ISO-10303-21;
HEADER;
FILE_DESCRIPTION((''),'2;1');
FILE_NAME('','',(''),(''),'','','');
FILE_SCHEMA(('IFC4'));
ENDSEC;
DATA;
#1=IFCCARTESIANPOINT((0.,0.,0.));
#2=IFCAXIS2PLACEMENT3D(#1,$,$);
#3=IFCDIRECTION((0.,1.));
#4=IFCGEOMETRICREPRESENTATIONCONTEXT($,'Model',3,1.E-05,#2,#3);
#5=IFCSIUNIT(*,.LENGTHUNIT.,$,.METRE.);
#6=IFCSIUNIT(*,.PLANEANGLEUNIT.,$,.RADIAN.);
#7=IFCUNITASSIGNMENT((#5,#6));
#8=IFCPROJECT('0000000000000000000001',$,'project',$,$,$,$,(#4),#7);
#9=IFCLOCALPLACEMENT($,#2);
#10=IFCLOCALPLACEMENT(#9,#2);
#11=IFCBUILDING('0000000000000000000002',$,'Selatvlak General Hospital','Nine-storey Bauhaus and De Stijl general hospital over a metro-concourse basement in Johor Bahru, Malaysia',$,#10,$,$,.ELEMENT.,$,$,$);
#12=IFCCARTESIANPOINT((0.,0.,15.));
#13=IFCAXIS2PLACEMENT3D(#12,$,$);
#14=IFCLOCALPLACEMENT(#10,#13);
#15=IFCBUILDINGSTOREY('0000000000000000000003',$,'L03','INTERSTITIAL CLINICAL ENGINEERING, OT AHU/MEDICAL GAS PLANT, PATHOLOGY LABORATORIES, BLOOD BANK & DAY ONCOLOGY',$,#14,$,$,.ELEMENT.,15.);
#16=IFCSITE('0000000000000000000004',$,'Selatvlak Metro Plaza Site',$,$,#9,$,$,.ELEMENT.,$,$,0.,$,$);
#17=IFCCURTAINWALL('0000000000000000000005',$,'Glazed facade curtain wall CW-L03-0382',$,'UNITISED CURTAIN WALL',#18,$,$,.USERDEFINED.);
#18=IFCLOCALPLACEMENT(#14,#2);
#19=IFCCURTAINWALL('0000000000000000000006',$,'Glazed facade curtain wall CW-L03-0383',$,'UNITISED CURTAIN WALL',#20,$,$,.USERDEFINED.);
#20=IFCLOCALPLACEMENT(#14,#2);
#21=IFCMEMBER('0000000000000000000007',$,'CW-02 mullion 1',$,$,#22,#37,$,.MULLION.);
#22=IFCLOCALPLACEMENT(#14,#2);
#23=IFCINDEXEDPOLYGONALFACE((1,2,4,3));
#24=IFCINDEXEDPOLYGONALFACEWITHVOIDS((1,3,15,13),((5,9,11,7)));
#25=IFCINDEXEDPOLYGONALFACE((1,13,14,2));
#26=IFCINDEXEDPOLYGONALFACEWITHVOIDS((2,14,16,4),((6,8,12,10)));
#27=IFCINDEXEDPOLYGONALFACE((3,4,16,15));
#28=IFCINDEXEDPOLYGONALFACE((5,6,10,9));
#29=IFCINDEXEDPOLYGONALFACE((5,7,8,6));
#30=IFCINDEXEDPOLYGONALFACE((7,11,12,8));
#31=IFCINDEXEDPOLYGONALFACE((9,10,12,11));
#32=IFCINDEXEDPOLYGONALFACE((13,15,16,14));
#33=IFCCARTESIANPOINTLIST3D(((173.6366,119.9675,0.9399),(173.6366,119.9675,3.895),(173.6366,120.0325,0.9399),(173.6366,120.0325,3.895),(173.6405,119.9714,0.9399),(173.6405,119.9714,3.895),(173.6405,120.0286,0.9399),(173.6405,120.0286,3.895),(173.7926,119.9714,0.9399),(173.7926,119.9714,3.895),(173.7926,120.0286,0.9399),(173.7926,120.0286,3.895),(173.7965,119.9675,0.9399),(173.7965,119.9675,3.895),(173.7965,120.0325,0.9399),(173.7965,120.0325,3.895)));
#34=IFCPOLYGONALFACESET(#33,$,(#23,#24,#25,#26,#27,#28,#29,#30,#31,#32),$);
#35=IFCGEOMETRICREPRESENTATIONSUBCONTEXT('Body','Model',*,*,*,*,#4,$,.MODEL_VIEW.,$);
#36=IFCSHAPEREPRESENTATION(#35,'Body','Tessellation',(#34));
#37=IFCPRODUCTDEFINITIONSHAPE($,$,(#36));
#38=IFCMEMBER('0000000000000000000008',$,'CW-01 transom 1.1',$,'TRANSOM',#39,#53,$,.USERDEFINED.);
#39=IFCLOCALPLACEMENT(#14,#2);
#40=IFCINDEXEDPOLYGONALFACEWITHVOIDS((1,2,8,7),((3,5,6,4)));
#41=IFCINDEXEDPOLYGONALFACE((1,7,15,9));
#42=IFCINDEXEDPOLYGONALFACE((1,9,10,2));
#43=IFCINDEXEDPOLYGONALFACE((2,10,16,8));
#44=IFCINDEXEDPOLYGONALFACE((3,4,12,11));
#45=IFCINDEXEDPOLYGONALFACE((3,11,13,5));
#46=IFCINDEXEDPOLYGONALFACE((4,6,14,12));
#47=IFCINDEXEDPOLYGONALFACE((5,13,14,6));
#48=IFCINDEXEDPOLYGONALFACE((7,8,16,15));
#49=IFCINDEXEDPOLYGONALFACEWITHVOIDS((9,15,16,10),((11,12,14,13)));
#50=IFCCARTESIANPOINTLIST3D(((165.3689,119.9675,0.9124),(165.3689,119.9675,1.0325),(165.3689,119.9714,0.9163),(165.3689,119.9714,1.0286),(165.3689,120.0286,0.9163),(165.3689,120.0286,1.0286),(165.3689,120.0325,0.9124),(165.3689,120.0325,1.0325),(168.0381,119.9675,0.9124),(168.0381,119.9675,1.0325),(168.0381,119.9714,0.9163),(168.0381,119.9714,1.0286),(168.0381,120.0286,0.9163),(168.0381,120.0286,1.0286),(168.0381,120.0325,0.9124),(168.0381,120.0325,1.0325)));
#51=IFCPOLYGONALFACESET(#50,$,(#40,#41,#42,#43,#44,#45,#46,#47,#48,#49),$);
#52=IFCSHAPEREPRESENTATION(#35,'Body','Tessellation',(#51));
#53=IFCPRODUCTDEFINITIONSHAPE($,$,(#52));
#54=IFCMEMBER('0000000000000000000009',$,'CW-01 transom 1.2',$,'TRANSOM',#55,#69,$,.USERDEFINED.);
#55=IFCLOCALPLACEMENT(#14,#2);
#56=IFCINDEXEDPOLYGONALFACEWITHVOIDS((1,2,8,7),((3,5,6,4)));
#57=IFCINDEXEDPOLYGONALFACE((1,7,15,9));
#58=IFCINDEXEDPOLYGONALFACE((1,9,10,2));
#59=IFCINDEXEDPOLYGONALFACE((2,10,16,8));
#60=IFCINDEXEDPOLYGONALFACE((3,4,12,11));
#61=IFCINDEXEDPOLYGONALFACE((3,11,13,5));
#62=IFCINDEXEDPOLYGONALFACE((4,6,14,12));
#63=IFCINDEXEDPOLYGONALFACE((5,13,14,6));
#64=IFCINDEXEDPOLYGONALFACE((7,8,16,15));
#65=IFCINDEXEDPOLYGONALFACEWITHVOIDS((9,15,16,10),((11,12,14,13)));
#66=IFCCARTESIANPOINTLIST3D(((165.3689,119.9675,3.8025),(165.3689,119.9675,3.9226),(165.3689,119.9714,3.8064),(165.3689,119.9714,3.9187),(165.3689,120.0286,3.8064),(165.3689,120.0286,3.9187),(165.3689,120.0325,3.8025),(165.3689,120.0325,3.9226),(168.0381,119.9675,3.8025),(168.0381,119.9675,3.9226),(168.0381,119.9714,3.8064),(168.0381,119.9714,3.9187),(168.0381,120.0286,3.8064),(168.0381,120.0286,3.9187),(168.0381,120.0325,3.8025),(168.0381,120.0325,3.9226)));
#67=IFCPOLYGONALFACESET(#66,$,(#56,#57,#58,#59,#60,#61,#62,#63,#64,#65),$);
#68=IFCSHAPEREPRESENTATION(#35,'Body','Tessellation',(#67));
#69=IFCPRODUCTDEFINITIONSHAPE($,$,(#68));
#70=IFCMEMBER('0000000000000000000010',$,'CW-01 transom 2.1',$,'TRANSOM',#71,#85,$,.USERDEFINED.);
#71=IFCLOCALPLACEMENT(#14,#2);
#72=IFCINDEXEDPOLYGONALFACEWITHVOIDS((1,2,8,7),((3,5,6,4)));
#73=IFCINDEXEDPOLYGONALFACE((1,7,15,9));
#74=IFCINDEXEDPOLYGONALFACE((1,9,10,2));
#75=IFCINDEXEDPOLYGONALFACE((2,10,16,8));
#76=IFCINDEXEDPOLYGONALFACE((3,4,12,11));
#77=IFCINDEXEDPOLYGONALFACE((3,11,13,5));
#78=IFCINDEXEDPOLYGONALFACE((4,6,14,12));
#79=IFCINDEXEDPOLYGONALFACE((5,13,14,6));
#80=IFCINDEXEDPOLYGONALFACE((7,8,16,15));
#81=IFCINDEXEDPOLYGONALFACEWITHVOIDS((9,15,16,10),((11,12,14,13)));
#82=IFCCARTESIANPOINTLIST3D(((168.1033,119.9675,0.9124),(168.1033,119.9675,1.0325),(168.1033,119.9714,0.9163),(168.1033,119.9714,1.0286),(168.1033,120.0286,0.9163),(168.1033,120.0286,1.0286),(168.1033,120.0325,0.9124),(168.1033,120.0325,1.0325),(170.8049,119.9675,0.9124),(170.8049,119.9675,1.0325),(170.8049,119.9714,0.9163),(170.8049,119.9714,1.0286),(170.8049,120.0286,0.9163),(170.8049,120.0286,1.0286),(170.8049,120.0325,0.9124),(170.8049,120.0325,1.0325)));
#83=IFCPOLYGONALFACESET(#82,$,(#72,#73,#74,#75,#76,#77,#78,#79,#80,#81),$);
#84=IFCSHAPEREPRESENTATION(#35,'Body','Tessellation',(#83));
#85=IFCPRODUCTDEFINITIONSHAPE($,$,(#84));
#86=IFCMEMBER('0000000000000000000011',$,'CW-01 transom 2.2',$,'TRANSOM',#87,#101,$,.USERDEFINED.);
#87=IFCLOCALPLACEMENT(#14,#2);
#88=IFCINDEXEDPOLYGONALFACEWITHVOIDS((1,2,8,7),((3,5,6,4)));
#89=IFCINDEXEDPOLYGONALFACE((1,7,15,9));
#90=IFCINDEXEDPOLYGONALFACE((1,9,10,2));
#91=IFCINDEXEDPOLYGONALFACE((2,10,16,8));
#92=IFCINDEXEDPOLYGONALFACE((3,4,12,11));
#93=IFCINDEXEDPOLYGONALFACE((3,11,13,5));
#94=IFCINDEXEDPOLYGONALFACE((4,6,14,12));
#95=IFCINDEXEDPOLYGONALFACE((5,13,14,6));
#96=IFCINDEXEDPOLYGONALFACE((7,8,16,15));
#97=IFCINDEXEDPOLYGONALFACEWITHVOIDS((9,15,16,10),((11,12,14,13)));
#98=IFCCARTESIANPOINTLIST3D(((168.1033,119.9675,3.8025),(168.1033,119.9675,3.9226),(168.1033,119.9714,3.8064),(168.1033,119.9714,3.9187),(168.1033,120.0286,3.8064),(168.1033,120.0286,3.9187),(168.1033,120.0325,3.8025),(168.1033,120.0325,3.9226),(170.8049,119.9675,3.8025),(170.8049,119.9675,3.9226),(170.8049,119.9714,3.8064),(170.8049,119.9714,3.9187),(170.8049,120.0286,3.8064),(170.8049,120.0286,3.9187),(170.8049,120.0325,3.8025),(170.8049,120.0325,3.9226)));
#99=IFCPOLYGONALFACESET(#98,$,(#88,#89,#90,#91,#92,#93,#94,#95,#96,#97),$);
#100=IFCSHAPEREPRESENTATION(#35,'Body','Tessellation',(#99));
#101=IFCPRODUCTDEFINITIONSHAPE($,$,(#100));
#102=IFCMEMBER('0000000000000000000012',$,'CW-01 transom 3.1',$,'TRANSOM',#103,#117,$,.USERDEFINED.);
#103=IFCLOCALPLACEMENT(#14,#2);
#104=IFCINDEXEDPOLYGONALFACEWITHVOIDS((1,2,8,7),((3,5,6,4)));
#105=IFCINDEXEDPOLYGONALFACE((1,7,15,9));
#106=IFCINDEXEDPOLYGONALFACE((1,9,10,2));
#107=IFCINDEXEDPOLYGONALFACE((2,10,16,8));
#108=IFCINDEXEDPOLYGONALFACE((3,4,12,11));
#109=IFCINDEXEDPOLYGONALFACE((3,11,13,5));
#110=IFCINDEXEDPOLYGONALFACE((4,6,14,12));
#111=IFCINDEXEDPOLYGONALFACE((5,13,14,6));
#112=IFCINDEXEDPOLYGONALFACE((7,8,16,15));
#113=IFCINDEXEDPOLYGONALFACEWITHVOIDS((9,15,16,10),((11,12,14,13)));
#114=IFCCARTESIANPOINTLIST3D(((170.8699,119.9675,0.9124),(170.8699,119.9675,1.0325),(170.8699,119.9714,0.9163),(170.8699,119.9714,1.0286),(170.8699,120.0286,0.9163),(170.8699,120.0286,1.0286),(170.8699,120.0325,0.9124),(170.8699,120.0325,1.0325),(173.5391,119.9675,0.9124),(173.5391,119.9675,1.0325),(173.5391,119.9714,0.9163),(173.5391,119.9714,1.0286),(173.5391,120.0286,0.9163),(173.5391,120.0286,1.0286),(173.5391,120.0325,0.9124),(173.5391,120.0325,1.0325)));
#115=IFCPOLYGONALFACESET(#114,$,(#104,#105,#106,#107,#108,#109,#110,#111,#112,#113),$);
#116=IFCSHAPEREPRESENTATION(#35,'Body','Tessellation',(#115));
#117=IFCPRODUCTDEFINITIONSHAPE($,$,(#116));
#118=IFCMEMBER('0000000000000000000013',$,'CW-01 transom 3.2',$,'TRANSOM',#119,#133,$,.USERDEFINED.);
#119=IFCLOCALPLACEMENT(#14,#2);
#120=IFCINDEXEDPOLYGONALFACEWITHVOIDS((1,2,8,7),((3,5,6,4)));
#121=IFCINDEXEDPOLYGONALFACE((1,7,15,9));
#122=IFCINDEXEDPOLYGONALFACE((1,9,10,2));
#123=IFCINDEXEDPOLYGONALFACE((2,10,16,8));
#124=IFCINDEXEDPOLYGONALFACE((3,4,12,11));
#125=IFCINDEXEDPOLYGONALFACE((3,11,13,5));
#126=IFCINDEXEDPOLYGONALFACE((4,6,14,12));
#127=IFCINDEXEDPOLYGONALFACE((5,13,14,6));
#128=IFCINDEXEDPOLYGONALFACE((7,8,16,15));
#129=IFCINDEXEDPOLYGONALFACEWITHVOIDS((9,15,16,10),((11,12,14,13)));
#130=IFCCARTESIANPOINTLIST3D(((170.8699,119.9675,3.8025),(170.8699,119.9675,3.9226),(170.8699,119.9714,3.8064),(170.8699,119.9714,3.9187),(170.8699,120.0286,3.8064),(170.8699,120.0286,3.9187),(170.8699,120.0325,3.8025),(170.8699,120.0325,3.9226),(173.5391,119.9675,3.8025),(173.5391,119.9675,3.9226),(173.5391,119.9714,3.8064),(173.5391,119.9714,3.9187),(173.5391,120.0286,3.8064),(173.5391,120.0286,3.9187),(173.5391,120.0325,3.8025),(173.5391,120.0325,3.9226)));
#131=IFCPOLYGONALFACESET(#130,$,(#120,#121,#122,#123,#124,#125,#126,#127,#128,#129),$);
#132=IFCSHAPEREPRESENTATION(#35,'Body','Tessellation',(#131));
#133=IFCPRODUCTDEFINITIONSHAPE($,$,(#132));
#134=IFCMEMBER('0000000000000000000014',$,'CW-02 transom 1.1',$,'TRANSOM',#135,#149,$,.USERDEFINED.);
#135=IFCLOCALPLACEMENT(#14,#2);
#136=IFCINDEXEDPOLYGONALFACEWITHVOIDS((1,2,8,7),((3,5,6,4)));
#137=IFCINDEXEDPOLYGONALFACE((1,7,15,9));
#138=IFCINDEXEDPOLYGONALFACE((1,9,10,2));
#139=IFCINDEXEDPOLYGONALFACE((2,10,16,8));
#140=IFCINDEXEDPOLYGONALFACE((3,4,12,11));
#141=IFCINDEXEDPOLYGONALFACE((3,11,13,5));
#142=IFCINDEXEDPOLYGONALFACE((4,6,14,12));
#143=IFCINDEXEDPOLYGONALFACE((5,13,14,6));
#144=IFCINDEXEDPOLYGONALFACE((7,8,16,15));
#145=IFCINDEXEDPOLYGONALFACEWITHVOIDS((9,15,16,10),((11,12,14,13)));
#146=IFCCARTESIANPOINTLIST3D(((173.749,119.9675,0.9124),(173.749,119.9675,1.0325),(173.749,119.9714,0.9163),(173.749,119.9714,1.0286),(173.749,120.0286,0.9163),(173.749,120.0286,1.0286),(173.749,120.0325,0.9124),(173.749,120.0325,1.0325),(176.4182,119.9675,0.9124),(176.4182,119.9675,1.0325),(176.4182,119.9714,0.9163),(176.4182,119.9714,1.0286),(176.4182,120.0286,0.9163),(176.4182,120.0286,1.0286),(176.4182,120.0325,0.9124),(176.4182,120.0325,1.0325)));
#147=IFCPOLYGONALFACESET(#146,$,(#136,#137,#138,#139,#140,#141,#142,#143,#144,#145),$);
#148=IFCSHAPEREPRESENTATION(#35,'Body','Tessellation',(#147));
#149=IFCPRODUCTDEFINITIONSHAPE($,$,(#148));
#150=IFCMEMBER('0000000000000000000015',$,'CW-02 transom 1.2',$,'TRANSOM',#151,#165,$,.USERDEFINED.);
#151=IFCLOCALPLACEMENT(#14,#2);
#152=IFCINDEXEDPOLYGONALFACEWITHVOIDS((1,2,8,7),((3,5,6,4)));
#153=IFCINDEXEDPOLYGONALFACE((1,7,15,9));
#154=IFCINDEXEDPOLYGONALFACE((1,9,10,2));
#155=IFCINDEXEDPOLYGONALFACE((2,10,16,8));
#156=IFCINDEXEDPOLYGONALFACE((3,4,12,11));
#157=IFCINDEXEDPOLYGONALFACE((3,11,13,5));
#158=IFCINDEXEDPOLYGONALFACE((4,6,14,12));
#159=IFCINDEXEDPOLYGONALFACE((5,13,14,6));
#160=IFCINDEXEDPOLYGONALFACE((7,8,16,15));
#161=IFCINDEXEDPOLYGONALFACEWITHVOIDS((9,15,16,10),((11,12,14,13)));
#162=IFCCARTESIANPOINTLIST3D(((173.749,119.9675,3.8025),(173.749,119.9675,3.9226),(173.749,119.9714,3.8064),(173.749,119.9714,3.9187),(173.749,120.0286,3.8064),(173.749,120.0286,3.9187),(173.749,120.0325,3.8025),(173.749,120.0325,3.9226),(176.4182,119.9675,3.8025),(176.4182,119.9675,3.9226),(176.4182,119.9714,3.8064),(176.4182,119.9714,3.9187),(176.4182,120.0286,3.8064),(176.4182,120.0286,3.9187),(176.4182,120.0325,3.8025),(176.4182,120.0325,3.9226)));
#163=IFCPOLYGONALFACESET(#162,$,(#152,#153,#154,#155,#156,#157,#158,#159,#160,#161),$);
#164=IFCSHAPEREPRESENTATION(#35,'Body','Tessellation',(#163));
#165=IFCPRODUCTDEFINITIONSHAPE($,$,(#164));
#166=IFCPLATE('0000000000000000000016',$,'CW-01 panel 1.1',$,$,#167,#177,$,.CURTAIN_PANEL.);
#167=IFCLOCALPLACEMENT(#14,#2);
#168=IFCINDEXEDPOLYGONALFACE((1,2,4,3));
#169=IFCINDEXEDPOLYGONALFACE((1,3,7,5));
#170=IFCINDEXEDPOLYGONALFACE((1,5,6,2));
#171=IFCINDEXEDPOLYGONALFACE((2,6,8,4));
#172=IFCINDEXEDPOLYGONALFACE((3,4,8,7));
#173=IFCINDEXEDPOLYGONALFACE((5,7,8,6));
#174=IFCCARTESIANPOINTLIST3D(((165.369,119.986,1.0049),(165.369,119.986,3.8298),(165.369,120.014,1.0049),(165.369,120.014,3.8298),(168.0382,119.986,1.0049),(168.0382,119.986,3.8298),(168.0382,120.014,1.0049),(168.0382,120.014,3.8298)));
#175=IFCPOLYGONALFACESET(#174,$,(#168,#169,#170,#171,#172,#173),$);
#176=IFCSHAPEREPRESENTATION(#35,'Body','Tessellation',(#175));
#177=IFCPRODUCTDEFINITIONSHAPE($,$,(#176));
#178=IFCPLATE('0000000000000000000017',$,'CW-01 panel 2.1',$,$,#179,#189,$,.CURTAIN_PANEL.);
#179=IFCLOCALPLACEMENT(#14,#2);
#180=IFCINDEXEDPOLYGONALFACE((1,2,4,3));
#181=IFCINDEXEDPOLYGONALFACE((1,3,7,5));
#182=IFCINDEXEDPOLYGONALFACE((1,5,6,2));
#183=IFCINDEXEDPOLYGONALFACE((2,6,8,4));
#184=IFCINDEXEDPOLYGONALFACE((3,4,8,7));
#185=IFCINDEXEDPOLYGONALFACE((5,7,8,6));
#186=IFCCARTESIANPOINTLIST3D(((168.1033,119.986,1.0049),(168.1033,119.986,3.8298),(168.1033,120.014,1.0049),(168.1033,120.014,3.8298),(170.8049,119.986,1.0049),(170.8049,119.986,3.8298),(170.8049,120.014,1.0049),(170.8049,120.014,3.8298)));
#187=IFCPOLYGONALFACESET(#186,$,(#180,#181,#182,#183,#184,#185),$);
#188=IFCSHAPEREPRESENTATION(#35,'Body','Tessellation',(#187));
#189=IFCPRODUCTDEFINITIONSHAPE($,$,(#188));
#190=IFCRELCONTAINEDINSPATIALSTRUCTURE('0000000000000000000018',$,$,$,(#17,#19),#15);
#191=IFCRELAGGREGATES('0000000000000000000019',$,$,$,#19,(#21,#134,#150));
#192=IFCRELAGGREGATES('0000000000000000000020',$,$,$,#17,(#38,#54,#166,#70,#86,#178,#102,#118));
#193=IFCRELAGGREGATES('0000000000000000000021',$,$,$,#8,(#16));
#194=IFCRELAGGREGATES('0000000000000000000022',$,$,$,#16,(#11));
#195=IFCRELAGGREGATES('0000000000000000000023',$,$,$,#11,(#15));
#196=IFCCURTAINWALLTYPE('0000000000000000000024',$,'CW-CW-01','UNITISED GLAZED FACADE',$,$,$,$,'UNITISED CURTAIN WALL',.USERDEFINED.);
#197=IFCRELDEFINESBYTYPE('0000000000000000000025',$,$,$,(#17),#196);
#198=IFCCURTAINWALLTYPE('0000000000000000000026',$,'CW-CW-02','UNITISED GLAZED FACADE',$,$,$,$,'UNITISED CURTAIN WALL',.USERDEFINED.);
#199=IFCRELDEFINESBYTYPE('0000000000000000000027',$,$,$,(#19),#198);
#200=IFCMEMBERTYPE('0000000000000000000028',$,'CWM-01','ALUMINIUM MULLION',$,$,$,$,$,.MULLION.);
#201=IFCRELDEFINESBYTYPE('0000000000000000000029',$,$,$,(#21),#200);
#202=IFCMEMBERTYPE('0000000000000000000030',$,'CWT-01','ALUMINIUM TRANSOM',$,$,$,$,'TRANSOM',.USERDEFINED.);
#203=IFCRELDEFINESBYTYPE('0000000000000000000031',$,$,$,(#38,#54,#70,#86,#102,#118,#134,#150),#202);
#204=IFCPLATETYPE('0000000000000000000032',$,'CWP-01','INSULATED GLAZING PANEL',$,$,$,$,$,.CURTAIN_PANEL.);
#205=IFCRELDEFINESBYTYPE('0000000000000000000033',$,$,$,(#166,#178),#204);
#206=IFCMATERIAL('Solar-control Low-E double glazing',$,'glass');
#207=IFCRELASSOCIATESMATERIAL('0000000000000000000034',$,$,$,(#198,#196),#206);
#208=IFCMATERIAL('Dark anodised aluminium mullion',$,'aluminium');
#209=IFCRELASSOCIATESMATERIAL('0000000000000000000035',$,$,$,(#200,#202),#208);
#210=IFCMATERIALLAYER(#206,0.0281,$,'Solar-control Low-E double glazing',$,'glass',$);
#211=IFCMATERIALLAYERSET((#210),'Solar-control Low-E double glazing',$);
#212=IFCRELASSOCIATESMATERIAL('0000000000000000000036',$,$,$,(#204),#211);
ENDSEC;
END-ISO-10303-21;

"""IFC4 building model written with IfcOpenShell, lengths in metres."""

from ifc_helpers import new_model, si_unit, direction, frame, origin, origin_2d, place, context, subcontext, project, spatial, rectangle, hollow_rectangle, extrude, material, layer, layer_set, material_profile, profile_set, type_object, element, aggregate, save


model = new_model("IFC4")

# Units and contexts
model_context = context("Model", 3, precision=1e-05, world=origin(), true_north=direction((0.0, 1.0)))
body_context = subcontext(model_context, "Body", "Model", "MODEL_VIEW")
ifc_project = project(units=[si_unit("LENGTHUNIT", "METRE"), si_unit("PLANEANGLEUNIT", "RADIAN")], contexts=[model_context])

# Site, building, storey
site_placement = place(None, origin())
site = spatial("IfcSite", under=ifc_project, at=site_placement, Name="Selatvlak Metro Plaza Site", CompositionType="ELEMENT", RefElevation=0.0)
building_placement = place(site_placement, origin())
building = spatial("IfcBuilding", under=site, at=building_placement, Name="Selatvlak General Hospital", Description="Nine-storey Bauhaus and De Stijl general hospital over a metro-concourse basement in Johor Bahru, Malaysia", CompositionType="ELEMENT")
storey_placement = place(building_placement, frame((0.0, 0.0, 15.0)))
storey = spatial("IfcBuildingStorey", under=building, at=storey_placement, Name="L03", Description="INTERSTITIAL CLINICAL ENGINEERING, OT AHU/MEDICAL GAS PLANT, PATHOLOGY LABORATORIES, BLOOD BANK & DAY ONCOLOGY", CompositionType="ELEMENT", Elevation=15.0)

# Shared definitions
ifc_material_1 = material(Name="Solar-control Low-E double glazing", Category="glass")
curtain_wall_type_1 = type_object("IfcCurtainWallType", Name="CW-CW-02", Description="UNITISED GLAZED FACADE", ElementType="UNITISED CURTAIN WALL", PredefinedType="USERDEFINED", material=ifc_material_1)
ifc_material_2 = material(Name="Dark anodised aluminium mullion", Category="aluminium")
ifc_material_profile_1 = material_profile(ifc_material_2, hollow_rectangle(XDim=0.0649, YDim=0.1599, WallThickness=0.0039, at=origin_2d()), Name="AL-MUL 65x160x4")
ifc_profile_set_1 = profile_set([ifc_material_profile_1], Name="Dark anodised aluminium mullion")
member_type_1 = type_object("IfcMemberType", Name="CWM-01", Description="ALUMINIUM MULLION", PredefinedType="MULLION", material=ifc_profile_set_1)

# Curtain wall
curtain_wall_type_2 = type_object("IfcCurtainWallType", Name="CW-CW-01", Description="UNITISED GLAZED FACADE", ElementType="UNITISED CURTAIN WALL", PredefinedType="USERDEFINED", material=ifc_material_1)
curtain_wall_1_placement = place(storey_placement, origin())
curtain_wall_1 = element("IfcCurtainWall", 1, at=curtain_wall_1_placement, inside=storey, type_object=curtain_wall_type_2, Name="Glazed facade curtain wall CW-L03-0382", ObjectType="UNITISED CURTAIN WALL", PredefinedType="USERDEFINED")

# Curtain wall, member
curtain_wall_2_placement = place(storey_placement, origin())
curtain_wall_2 = element("IfcCurtainWall", 2, at=curtain_wall_2_placement, inside=storey, type_object=curtain_wall_type_1, Name="Glazed facade curtain wall CW-L03-0383", ObjectType="UNITISED CURTAIN WALL", PredefinedType="USERDEFINED")
member_1_placement = place(storey_placement, frame((173.7166, 120.0, 0.9399), z_axis=(0.0, 0.0, 1.0), x_axis=(0.0, 1.0, 0.0)))
member_1 = element("IfcMember", 3, at=member_1_placement, type_object=member_type_1, Name="CW-02 mullion 1", PredefinedType="MULLION", context=body_context, shape_type="SweptSolid", body=[
    extrude(hollow_rectangle(XDim=0.0649, YDim=0.1599, WallThickness=0.0039, at=origin_2d()), origin(), (0.0, 0.0, 1.0), 2.9551),
])

# Members
ifc_material_profile_2 = material_profile(ifc_material_2, hollow_rectangle(XDim=0.0649, YDim=0.1201, WallThickness=0.0039, at=origin_2d()), Name="AL-TRN 65x120x4")
ifc_profile_set_2 = profile_set([ifc_material_profile_2], Name="Dark anodised aluminium mullion")
member_type_2 = type_object("IfcMemberType", Name="CWT-01", Description="ALUMINIUM TRANSOM", ElementType="TRANSOM", PredefinedType="USERDEFINED", material=ifc_profile_set_2)
member_2_placement = place(storey_placement, frame((165.3689, 120.0, 0.9724), z_axis=(1.0, 0.0, 0.0), x_axis=(0.0, 1.0, 0.0)))
member_2 = element("IfcMember", 4, at=member_2_placement, type_object=member_type_2, Name="CW-01 transom 1.1", ObjectType="TRANSOM", PredefinedType="USERDEFINED", context=body_context, shape_type="SweptSolid", body=[
    extrude(hollow_rectangle(XDim=0.0649, YDim=0.1201, WallThickness=0.0039, at=origin_2d()), origin(), (0.0, 0.0, 1.0), 2.6692),
])
member_3_placement = place(storey_placement, frame((165.3689, 120.0, 3.8625), z_axis=(1.0, 0.0, 0.0), x_axis=(0.0, 1.0, 0.0)))
member_3 = element("IfcMember", 5, at=member_3_placement, type_object=member_type_2, Name="CW-01 transom 1.2", ObjectType="TRANSOM", PredefinedType="USERDEFINED", context=body_context, shape_type="SweptSolid", body=[
    extrude(hollow_rectangle(XDim=0.0649, YDim=0.1201, WallThickness=0.0039, at=origin_2d()), origin(), (0.0, 0.0, 1.0), 2.6692),
])
member_4_placement = place(storey_placement, frame((168.1033, 120.0, 0.9724), z_axis=(1.0, 0.0, 0.0), x_axis=(0.0, 1.0, 0.0)))
member_4 = element("IfcMember", 6, at=member_4_placement, type_object=member_type_2, Name="CW-01 transom 2.1", ObjectType="TRANSOM", PredefinedType="USERDEFINED", context=body_context, shape_type="SweptSolid", body=[
    extrude(hollow_rectangle(XDim=0.0649, YDim=0.1201, WallThickness=0.0039, at=origin_2d()), origin(), (0.0, 0.0, 1.0), 2.7017),
])
member_5_placement = place(storey_placement, frame((168.1033, 120.0, 3.8625), z_axis=(1.0, 0.0, 0.0), x_axis=(0.0, 1.0, 0.0)))
member_5 = element("IfcMember", 7, at=member_5_placement, type_object=member_type_2, Name="CW-01 transom 2.2", ObjectType="TRANSOM", PredefinedType="USERDEFINED", context=body_context, shape_type="SweptSolid", body=[
    extrude(hollow_rectangle(XDim=0.0649, YDim=0.1201, WallThickness=0.0039, at=origin_2d()), origin(), (0.0, 0.0, 1.0), 2.7017),
])
member_6_placement = place(storey_placement, frame((170.8699, 120.0, 0.9724), z_axis=(1.0, 0.0, 0.0), x_axis=(0.0, 1.0, 0.0)))
member_6 = element("IfcMember", 8, at=member_6_placement, type_object=member_type_2, Name="CW-01 transom 3.1", ObjectType="TRANSOM", PredefinedType="USERDEFINED", context=body_context, shape_type="SweptSolid", body=[
    extrude(hollow_rectangle(XDim=0.0649, YDim=0.1201, WallThickness=0.0039, at=origin_2d()), origin(), (0.0, 0.0, 1.0), 2.6692),
])
member_7_placement = place(storey_placement, frame((170.8699, 120.0, 3.8625), z_axis=(1.0, 0.0, 0.0), x_axis=(0.0, 1.0, 0.0)))
member_7 = element("IfcMember", 9, at=member_7_placement, type_object=member_type_2, Name="CW-01 transom 3.2", ObjectType="TRANSOM", PredefinedType="USERDEFINED", context=body_context, shape_type="SweptSolid", body=[
    extrude(hollow_rectangle(XDim=0.0649, YDim=0.1201, WallThickness=0.0039, at=origin_2d()), origin(), (0.0, 0.0, 1.0), 2.6692),
])
member_8_placement = place(storey_placement, frame((173.749, 120.0, 0.9724), z_axis=(1.0, 0.0, 0.0), x_axis=(0.0, 1.0, 0.0)))
member_8 = element("IfcMember", 10, at=member_8_placement, type_object=member_type_2, Name="CW-02 transom 1.1", ObjectType="TRANSOM", PredefinedType="USERDEFINED", context=body_context, shape_type="SweptSolid", body=[
    extrude(hollow_rectangle(XDim=0.0649, YDim=0.1201, WallThickness=0.0039, at=origin_2d()), origin(), (0.0, 0.0, 1.0), 2.6692),
])
member_9_placement = place(storey_placement, frame((173.749, 120.0, 3.8625), z_axis=(1.0, 0.0, 0.0), x_axis=(0.0, 1.0, 0.0)))
member_9 = element("IfcMember", 11, at=member_9_placement, type_object=member_type_2, Name="CW-02 transom 1.2", ObjectType="TRANSOM", PredefinedType="USERDEFINED", context=body_context, shape_type="SweptSolid", body=[
    extrude(hollow_rectangle(XDim=0.0649, YDim=0.1201, WallThickness=0.0039, at=origin_2d()), origin(), (0.0, 0.0, 1.0), 2.6692),
])
aggregate(curtain_wall_2, [member_1, member_8, member_9])

# Plates
ifc_layer_1 = layer(ifc_material_1, 0.0281, Name="Solar-control Low-E double glazing", Category="glass")
ifc_layer_set_1 = layer_set([ifc_layer_1], Name="Solar-control Low-E double glazing")
plate_type = type_object("IfcPlateType", Name="CWP-01", Description="INSULATED GLAZING PANEL", PredefinedType="CURTAIN_PANEL", material=ifc_layer_set_1)
plate_1_placement = place(storey_placement, frame((166.7036, 120.0, 1.0049), z_axis=(0.0, 0.0, 1.0), x_axis=(1.0, 0.0, 0.0)))
plate_1 = element("IfcPlate", 12, at=plate_1_placement, type_object=plate_type, Name="CW-01 panel 1.1", PredefinedType="CURTAIN_PANEL", context=body_context, shape_type="SweptSolid", body=[
    extrude(rectangle(XDim=2.6692, YDim=0.0281, at=origin_2d()), origin(), (0.0, 0.0, 1.0), 2.825),
])
plate_2_placement = place(storey_placement, frame((169.4541, 120.0, 1.0049), z_axis=(0.0, 0.0, 1.0), x_axis=(1.0, 0.0, 0.0)))
plate_2 = element("IfcPlate", 13, at=plate_2_placement, type_object=plate_type, Name="CW-01 panel 2.1", PredefinedType="CURTAIN_PANEL", context=body_context, shape_type="SweptSolid", body=[
    extrude(rectangle(XDim=2.7017, YDim=0.0281, at=origin_2d()), origin(), (0.0, 0.0, 1.0), 2.825),
])
aggregate(curtain_wall_1, [member_2, member_3, plate_1, member_4, member_5, plate_2, member_6, member_7])

save(model, "model.ifc")
